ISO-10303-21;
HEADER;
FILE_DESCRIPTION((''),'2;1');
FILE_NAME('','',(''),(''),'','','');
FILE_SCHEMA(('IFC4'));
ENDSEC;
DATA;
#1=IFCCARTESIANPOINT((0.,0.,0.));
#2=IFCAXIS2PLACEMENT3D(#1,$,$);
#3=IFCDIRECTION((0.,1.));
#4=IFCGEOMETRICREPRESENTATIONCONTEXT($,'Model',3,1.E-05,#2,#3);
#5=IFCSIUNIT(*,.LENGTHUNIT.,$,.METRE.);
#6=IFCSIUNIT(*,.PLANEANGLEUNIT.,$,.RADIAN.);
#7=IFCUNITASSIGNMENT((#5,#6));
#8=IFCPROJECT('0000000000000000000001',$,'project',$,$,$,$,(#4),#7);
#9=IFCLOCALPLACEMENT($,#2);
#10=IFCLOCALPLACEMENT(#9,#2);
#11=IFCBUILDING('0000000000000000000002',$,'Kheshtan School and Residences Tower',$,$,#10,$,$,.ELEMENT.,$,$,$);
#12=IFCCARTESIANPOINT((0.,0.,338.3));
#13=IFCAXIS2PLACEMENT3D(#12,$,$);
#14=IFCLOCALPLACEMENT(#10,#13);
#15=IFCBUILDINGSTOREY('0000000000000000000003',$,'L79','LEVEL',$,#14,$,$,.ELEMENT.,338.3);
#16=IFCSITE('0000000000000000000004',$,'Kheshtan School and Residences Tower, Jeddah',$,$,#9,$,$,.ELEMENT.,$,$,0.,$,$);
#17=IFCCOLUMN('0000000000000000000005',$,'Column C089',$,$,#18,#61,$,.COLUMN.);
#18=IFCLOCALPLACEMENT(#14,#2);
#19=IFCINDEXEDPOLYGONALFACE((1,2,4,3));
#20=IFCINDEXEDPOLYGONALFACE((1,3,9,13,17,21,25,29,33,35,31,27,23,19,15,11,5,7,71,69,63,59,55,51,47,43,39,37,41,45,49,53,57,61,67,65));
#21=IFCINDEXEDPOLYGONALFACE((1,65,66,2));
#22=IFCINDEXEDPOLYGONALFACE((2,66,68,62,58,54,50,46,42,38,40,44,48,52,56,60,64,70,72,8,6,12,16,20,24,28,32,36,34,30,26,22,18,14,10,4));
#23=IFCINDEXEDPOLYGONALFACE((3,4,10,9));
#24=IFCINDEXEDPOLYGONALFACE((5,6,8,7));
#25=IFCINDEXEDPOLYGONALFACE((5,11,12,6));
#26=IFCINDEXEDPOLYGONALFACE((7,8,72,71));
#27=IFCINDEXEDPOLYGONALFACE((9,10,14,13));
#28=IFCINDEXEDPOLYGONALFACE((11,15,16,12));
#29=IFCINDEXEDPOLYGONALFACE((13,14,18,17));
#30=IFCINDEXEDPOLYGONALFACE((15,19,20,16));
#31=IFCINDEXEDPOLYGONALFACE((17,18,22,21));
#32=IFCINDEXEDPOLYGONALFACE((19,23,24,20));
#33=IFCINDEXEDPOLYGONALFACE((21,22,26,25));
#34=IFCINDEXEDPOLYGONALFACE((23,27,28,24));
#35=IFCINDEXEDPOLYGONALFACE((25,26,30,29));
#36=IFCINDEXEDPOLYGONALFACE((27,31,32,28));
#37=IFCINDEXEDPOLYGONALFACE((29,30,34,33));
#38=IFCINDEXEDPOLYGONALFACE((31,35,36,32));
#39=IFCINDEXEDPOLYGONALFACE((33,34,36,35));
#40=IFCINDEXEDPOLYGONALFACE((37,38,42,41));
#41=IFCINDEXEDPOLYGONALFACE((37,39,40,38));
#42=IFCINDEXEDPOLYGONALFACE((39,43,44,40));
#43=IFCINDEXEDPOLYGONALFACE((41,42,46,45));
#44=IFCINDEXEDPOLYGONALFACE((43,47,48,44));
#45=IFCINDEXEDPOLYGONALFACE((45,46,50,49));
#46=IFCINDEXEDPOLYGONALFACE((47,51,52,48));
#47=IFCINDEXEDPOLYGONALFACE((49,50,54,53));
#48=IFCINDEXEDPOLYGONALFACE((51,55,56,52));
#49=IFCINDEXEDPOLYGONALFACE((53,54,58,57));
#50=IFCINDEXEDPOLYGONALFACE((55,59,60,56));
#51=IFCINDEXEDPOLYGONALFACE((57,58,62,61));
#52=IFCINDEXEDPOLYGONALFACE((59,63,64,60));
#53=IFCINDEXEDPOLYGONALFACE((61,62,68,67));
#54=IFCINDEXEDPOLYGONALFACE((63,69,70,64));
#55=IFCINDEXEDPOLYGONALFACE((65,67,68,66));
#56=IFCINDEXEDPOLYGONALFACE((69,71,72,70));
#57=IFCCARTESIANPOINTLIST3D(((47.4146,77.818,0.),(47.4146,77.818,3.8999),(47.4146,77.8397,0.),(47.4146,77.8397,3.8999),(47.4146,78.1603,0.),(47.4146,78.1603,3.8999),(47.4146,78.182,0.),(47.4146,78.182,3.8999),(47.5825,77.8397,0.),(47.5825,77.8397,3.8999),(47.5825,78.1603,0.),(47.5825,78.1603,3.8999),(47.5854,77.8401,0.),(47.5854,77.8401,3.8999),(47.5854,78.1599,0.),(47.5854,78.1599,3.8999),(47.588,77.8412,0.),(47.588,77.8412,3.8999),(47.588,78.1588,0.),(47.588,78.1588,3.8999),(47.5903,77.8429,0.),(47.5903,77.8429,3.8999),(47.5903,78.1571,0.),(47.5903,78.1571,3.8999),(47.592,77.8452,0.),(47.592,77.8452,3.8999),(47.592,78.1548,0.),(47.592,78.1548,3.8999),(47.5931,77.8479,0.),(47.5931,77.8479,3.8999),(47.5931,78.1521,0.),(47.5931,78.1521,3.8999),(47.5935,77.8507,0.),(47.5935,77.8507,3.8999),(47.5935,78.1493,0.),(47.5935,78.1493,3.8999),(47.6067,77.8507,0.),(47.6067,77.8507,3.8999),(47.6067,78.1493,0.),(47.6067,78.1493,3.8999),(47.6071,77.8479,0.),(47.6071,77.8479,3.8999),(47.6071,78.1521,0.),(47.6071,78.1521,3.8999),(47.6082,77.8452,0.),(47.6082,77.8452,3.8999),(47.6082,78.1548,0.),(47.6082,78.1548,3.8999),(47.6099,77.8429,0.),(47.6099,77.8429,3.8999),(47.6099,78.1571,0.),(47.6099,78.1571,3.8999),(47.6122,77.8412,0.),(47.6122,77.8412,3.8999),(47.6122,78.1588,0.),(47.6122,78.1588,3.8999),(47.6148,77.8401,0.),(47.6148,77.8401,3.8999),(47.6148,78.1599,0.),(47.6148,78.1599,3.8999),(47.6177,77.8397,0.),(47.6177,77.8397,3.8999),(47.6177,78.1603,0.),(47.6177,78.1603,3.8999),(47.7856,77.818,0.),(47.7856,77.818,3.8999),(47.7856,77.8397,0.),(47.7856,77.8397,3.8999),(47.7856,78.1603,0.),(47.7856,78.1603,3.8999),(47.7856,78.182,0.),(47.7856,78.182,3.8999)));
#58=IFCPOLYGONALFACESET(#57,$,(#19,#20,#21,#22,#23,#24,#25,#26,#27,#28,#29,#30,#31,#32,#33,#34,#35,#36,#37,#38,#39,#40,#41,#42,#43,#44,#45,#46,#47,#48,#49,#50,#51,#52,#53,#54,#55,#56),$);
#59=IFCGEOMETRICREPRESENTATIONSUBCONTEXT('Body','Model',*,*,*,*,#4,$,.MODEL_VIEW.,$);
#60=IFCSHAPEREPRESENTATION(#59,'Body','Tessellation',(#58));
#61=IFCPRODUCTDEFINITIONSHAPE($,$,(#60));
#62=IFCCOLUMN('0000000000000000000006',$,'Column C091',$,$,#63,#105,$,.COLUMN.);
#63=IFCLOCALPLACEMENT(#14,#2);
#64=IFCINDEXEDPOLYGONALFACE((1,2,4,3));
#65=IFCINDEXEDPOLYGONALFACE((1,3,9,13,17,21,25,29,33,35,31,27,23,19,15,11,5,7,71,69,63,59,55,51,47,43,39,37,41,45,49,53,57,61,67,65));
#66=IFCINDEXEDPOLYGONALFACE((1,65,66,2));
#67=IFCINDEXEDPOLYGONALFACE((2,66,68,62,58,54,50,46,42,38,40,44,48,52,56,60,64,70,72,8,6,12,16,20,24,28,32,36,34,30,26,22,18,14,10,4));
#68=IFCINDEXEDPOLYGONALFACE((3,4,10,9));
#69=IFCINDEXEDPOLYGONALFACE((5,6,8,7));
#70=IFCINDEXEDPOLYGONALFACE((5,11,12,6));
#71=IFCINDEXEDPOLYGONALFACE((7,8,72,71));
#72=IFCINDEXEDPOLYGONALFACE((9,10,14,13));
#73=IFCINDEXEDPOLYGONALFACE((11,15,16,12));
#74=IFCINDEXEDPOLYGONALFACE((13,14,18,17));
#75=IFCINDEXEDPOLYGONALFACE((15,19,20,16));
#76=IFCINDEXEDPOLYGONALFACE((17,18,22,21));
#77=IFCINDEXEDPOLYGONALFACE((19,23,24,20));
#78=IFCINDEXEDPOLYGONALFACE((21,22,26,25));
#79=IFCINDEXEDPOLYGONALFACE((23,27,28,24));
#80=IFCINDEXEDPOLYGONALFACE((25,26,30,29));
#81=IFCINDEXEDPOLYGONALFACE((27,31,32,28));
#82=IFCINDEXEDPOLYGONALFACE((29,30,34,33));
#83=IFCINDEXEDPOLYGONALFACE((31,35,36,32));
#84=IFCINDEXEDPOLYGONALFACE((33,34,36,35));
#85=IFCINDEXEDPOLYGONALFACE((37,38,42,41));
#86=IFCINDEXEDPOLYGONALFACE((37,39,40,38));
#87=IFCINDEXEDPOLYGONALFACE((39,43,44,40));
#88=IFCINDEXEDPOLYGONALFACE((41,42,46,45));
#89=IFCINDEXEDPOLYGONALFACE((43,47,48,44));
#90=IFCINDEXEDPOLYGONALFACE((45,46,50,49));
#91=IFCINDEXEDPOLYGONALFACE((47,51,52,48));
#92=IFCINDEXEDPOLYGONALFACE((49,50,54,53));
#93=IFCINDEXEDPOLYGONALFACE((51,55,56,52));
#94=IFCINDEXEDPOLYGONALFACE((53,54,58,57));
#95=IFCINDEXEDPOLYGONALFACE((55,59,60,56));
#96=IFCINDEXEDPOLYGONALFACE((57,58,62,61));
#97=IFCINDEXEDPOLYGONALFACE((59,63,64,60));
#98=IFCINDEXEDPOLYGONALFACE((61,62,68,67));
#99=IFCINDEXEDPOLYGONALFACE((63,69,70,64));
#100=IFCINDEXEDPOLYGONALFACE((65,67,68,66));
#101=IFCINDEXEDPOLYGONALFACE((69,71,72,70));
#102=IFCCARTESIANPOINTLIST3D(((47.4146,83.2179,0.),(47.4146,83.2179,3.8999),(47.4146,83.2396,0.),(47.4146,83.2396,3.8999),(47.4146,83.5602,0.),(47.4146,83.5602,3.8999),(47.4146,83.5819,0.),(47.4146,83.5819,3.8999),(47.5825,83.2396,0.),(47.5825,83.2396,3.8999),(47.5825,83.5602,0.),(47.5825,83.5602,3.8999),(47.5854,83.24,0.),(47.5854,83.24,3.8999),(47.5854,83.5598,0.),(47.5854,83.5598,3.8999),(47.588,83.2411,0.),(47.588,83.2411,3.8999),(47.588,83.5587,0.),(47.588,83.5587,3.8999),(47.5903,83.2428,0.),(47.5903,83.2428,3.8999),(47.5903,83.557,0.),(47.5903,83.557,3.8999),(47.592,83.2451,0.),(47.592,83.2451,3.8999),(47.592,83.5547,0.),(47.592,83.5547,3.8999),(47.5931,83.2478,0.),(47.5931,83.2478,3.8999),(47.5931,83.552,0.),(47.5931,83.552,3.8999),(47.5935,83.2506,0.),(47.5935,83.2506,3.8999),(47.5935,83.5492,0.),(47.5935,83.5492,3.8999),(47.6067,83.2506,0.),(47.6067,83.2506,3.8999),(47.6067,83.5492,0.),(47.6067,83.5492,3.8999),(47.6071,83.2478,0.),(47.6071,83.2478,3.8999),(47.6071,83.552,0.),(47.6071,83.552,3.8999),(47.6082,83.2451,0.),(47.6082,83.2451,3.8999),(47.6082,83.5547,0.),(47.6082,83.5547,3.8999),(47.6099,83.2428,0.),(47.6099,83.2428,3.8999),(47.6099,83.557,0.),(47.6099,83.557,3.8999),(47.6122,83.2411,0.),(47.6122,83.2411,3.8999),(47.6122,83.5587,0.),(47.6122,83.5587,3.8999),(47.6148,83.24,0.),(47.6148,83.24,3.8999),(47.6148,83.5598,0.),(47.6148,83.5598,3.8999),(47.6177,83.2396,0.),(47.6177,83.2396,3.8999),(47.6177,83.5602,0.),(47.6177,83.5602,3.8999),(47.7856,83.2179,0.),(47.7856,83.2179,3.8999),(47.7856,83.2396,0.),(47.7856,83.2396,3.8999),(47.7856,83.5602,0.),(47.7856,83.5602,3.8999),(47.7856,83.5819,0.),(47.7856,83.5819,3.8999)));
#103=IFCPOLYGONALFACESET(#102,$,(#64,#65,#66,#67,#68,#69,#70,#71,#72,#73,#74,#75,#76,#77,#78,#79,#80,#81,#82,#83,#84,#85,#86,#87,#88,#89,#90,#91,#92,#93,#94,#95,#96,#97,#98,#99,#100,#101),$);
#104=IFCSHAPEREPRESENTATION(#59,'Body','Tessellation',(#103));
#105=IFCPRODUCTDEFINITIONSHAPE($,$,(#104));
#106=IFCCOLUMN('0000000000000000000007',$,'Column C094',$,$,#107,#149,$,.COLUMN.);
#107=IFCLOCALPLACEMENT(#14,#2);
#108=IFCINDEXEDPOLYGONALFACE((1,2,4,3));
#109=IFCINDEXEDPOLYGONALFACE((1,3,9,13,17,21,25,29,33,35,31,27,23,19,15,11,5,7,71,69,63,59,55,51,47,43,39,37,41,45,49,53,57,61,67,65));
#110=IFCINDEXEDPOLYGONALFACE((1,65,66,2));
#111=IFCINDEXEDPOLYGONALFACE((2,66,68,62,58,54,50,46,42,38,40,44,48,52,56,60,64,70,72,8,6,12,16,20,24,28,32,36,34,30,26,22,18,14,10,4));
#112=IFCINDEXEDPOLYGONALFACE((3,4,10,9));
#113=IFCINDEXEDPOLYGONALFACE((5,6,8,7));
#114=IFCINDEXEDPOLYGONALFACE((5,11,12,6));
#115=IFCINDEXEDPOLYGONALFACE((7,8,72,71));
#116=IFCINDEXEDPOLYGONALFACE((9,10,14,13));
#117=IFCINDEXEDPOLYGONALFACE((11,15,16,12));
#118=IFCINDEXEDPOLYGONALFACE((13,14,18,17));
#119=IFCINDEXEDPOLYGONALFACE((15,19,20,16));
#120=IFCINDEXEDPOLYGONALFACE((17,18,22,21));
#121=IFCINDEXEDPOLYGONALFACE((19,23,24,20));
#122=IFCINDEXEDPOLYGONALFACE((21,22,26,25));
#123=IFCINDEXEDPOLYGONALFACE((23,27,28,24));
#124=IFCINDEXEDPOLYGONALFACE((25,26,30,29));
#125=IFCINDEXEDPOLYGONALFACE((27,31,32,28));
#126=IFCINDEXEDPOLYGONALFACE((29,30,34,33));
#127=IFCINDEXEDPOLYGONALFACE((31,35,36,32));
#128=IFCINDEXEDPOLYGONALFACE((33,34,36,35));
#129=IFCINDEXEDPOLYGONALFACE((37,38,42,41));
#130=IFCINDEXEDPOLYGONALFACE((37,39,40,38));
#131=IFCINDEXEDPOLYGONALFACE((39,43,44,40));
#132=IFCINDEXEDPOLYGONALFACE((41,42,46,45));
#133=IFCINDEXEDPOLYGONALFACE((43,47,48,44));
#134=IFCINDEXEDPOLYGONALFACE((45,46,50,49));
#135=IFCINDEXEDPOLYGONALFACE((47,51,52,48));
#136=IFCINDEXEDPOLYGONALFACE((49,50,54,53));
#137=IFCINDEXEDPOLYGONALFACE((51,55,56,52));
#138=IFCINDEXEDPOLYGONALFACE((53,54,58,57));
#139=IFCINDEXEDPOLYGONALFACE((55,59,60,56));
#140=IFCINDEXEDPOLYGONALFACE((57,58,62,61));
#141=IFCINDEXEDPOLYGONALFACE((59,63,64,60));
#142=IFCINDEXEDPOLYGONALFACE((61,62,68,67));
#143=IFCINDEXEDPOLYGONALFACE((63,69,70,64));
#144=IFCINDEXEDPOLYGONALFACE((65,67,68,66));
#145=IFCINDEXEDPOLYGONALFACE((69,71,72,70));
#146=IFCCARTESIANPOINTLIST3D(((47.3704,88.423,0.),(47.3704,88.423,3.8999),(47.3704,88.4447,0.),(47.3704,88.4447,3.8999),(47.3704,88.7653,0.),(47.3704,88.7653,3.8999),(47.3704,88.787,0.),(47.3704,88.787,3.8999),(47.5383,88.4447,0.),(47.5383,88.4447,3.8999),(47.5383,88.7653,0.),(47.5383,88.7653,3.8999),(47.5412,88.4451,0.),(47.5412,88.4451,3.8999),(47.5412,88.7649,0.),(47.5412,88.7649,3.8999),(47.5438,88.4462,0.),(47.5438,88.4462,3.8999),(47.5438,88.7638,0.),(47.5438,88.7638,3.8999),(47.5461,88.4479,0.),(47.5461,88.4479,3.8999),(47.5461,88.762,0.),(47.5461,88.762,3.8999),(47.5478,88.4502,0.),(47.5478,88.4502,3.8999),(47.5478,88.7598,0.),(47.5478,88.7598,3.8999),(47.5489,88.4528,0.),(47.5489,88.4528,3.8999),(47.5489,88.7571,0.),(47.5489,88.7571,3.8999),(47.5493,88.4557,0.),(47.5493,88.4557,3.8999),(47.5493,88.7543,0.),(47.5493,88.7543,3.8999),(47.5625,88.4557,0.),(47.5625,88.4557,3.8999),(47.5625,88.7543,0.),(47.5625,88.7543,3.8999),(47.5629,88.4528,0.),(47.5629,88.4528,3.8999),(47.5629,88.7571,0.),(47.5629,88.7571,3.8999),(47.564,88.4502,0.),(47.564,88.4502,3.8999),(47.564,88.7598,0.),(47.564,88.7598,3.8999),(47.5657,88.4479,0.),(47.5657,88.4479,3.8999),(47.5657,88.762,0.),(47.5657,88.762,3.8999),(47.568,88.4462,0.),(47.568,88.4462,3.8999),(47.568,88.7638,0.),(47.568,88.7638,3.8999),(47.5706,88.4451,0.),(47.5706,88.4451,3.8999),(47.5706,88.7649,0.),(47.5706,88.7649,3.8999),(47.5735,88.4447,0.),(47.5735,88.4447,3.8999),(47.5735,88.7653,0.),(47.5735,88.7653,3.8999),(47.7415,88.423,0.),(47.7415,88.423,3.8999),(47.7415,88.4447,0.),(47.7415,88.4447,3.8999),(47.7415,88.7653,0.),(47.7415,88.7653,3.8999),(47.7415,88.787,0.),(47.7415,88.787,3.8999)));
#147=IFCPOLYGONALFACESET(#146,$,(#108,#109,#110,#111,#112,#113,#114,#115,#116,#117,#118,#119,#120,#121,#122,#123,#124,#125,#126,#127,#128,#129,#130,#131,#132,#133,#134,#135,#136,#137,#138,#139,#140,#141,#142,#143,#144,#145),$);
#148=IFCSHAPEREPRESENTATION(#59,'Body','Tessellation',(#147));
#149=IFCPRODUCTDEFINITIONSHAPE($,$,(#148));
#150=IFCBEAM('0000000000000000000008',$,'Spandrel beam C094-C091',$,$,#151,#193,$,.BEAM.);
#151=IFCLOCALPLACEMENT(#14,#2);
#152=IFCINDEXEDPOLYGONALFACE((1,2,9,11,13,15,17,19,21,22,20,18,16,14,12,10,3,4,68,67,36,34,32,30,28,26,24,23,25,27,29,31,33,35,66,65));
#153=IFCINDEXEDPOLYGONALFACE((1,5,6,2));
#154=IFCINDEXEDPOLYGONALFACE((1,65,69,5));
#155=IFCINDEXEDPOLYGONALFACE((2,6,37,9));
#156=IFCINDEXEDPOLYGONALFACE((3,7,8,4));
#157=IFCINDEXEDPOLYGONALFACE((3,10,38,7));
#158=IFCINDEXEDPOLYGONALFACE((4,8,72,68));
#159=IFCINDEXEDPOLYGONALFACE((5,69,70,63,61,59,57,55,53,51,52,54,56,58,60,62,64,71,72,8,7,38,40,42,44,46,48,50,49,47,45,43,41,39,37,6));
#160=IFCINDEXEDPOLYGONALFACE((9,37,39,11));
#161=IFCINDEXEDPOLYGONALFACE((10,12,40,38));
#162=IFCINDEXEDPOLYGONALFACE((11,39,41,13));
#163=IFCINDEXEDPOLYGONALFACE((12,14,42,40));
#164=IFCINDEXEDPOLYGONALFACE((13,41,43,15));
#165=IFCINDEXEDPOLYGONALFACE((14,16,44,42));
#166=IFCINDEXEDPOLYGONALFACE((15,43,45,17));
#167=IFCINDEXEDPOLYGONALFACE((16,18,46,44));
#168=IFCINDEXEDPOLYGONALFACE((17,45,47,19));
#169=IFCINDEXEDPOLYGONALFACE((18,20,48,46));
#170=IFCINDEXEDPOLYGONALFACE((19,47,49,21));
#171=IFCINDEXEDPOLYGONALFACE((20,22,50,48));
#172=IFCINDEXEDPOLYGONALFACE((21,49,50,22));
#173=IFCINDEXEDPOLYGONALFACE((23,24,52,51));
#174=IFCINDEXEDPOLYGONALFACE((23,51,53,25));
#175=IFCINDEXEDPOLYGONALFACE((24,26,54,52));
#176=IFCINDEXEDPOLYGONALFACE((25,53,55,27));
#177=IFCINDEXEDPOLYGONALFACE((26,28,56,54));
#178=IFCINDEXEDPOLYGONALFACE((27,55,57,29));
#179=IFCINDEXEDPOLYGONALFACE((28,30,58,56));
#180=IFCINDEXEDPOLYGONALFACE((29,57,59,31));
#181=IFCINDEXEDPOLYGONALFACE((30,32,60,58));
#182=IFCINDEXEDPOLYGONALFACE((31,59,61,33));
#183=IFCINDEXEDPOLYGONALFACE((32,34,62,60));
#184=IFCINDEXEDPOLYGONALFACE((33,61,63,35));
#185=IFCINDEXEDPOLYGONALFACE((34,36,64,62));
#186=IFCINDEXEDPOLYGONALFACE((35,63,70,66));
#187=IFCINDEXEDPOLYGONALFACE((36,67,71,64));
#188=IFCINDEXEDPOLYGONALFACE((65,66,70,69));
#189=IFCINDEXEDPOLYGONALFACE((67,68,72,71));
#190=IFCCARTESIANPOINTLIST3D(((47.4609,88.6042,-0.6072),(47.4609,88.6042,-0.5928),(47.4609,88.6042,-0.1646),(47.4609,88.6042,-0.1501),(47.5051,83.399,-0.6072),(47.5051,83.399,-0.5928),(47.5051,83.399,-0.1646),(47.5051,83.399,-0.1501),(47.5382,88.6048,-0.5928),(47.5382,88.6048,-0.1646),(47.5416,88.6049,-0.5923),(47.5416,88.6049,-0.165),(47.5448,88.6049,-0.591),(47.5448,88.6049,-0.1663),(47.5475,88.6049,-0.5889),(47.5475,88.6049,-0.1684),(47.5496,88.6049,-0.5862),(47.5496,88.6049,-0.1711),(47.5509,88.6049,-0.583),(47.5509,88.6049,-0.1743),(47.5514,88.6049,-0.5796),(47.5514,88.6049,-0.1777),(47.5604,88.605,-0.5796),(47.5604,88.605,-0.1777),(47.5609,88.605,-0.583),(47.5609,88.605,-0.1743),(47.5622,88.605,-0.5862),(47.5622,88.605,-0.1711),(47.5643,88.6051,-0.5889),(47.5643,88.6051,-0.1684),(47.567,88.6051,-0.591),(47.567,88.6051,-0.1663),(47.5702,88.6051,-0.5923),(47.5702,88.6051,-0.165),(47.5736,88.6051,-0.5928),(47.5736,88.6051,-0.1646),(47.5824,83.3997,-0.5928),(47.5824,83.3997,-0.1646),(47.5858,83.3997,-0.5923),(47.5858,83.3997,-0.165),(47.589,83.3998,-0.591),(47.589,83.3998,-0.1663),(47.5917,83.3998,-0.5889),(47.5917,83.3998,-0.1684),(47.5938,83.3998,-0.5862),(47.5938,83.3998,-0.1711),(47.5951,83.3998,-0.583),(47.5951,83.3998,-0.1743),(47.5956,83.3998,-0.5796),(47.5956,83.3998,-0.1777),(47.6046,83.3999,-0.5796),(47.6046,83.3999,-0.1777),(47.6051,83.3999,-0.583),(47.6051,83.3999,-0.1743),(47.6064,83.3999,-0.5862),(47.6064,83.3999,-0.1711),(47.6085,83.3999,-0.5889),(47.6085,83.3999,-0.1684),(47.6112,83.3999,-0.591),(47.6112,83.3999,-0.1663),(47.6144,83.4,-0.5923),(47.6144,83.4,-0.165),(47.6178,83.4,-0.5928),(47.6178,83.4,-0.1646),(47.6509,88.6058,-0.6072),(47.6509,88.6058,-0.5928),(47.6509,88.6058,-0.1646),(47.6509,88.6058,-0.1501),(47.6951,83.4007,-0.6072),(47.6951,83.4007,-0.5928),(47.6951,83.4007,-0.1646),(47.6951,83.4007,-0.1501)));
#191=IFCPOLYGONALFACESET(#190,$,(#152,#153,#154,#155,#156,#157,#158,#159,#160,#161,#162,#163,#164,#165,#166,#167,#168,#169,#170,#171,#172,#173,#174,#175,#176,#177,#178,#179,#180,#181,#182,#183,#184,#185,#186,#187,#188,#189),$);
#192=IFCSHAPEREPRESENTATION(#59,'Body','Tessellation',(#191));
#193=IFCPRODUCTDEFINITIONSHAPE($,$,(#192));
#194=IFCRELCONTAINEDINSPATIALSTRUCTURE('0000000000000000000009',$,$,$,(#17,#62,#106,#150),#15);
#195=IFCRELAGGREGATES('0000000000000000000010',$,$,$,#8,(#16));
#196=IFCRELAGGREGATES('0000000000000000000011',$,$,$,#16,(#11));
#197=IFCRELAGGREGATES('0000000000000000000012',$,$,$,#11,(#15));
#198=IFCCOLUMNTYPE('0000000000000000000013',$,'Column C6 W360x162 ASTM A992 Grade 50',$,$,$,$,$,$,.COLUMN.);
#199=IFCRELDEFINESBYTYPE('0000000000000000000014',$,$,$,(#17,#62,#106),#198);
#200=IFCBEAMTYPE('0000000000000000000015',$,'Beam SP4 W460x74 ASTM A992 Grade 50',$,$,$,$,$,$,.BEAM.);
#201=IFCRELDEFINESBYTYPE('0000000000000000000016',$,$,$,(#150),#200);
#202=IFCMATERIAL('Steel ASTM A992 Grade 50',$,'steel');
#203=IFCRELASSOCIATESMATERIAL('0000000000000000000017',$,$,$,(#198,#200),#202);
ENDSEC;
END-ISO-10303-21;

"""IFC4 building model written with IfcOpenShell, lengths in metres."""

from ifc_helpers import new_model, si_unit, direction, frame, origin, origin_2d, place, context, subcontext, project, spatial, i_section, extrude, material, material_profile, profile_set, type_object, element, save


model = new_model("IFC4")

# Units and contexts
model_context = context("Model", 3, precision=1e-05, world=origin(), true_north=direction((0.0, 1.0)))
body_context = subcontext(model_context, "Body", "Model", "MODEL_VIEW")
ifc_project = project(units=[si_unit("LENGTHUNIT", "METRE"), si_unit("PLANEANGLEUNIT", "RADIAN")], contexts=[model_context])

# Site, building, storey
site_placement = place(None, origin())
site = spatial("IfcSite", under=ifc_project, at=site_placement, Name="Kheshtan School and Residences Tower, Jeddah", CompositionType="ELEMENT", RefElevation=0.0)
building_placement = place(site_placement, origin())
building = spatial("IfcBuilding", under=site, at=building_placement, Name="Kheshtan School and Residences Tower", CompositionType="ELEMENT")
storey_placement = place(building_placement, frame((0.0, 0.0, 338.3)))
storey = spatial("IfcBuildingStorey", under=building, at=storey_placement, Name="L79", Description="LEVEL", CompositionType="ELEMENT", Elevation=338.3)

# Columns
ifc_material_1 = material(Name="Steel ASTM A992 Grade 50", Category="steel")
ifc_material_profile_1 = material_profile(ifc_material_1, i_section(OverallWidth=0.3711, OverallDepth=0.364, WebThickness=0.0132, FlangeThickness=0.0217, FilletRadius=0.011, at=origin_2d()), Name="W360x162")
ifc_profile_set_1 = profile_set([ifc_material_profile_1], Name="Steel ASTM A992 Grade 50")
column_type = type_object("IfcColumnType", Name="Column C6 W360x162 ASTM A992 Grade 50", PredefinedType="COLUMN", material=ifc_profile_set_1)
for number, where, z_axis, x_axis, name in (
    (1, (47.6001, 78.0, 0.0), (0.0, 0.0, 1.0), (1.0, 0.0, 0.0), "Column C089"),
    (2, (47.6001, 83.3999, 0.0), (0.0, 0.0, 1.0), (1.0, 0.0, 0.0), "Column C091"),
    (3, (47.5559, 88.605, 0.0), (0.0, 0.0, 1.0), (1.0, 0.0, 0.0), "Column C094"),
):
    element("IfcColumn", number, at=place(storey_placement, frame(where, z_axis=z_axis, x_axis=x_axis)), inside=storey, type_object=column_type, Name=name, PredefinedType="COLUMN", context=body_context, shape_type="SweptSolid", body=[
        extrude(i_section(OverallWidth=0.3711, OverallDepth=0.364, WebThickness=0.0132, FlangeThickness=0.0217, FilletRadius=0.011, at=origin_2d()), origin(), (0.0, 0.0, 1.0), 3.8999),
    ])

# Beam
ifc_material_profile_2 = material_profile(ifc_material_1, i_section(OverallWidth=0.1899, OverallDepth=0.457, WebThickness=0.009, FlangeThickness=0.0144, FilletRadius=0.0132, at=origin_2d()), Name="W460x74")
ifc_profile_set_2 = profile_set([ifc_material_profile_2], Name="Steel ASTM A992 Grade 50")
beam_type = type_object("IfcBeamType", Name="Beam SP4 W460x74 ASTM A992 Grade 50", PredefinedType="BEAM", material=ifc_profile_set_2)
beam_placement = place(storey_placement, frame((47.5559, 88.605, -0.3787), z_axis=(0.008489, -0.999964, 0.0), x_axis=(0.999964, 0.008489, 0.0)))
element("IfcBeam", 4, at=beam_placement, inside=storey, type_object=beam_type, Name="Spandrel beam C094-C091", PredefinedType="BEAM", context=body_context, shape_type="SweptSolid", body=[
    extrude(i_section(OverallWidth=0.1899, OverallDepth=0.457, WebThickness=0.009, FlangeThickness=0.0144, FilletRadius=0.0132, at=origin_2d()), origin(), (0.0, 0.0, 1.0), 5.2053),
])

save(model, "model.ifc")
